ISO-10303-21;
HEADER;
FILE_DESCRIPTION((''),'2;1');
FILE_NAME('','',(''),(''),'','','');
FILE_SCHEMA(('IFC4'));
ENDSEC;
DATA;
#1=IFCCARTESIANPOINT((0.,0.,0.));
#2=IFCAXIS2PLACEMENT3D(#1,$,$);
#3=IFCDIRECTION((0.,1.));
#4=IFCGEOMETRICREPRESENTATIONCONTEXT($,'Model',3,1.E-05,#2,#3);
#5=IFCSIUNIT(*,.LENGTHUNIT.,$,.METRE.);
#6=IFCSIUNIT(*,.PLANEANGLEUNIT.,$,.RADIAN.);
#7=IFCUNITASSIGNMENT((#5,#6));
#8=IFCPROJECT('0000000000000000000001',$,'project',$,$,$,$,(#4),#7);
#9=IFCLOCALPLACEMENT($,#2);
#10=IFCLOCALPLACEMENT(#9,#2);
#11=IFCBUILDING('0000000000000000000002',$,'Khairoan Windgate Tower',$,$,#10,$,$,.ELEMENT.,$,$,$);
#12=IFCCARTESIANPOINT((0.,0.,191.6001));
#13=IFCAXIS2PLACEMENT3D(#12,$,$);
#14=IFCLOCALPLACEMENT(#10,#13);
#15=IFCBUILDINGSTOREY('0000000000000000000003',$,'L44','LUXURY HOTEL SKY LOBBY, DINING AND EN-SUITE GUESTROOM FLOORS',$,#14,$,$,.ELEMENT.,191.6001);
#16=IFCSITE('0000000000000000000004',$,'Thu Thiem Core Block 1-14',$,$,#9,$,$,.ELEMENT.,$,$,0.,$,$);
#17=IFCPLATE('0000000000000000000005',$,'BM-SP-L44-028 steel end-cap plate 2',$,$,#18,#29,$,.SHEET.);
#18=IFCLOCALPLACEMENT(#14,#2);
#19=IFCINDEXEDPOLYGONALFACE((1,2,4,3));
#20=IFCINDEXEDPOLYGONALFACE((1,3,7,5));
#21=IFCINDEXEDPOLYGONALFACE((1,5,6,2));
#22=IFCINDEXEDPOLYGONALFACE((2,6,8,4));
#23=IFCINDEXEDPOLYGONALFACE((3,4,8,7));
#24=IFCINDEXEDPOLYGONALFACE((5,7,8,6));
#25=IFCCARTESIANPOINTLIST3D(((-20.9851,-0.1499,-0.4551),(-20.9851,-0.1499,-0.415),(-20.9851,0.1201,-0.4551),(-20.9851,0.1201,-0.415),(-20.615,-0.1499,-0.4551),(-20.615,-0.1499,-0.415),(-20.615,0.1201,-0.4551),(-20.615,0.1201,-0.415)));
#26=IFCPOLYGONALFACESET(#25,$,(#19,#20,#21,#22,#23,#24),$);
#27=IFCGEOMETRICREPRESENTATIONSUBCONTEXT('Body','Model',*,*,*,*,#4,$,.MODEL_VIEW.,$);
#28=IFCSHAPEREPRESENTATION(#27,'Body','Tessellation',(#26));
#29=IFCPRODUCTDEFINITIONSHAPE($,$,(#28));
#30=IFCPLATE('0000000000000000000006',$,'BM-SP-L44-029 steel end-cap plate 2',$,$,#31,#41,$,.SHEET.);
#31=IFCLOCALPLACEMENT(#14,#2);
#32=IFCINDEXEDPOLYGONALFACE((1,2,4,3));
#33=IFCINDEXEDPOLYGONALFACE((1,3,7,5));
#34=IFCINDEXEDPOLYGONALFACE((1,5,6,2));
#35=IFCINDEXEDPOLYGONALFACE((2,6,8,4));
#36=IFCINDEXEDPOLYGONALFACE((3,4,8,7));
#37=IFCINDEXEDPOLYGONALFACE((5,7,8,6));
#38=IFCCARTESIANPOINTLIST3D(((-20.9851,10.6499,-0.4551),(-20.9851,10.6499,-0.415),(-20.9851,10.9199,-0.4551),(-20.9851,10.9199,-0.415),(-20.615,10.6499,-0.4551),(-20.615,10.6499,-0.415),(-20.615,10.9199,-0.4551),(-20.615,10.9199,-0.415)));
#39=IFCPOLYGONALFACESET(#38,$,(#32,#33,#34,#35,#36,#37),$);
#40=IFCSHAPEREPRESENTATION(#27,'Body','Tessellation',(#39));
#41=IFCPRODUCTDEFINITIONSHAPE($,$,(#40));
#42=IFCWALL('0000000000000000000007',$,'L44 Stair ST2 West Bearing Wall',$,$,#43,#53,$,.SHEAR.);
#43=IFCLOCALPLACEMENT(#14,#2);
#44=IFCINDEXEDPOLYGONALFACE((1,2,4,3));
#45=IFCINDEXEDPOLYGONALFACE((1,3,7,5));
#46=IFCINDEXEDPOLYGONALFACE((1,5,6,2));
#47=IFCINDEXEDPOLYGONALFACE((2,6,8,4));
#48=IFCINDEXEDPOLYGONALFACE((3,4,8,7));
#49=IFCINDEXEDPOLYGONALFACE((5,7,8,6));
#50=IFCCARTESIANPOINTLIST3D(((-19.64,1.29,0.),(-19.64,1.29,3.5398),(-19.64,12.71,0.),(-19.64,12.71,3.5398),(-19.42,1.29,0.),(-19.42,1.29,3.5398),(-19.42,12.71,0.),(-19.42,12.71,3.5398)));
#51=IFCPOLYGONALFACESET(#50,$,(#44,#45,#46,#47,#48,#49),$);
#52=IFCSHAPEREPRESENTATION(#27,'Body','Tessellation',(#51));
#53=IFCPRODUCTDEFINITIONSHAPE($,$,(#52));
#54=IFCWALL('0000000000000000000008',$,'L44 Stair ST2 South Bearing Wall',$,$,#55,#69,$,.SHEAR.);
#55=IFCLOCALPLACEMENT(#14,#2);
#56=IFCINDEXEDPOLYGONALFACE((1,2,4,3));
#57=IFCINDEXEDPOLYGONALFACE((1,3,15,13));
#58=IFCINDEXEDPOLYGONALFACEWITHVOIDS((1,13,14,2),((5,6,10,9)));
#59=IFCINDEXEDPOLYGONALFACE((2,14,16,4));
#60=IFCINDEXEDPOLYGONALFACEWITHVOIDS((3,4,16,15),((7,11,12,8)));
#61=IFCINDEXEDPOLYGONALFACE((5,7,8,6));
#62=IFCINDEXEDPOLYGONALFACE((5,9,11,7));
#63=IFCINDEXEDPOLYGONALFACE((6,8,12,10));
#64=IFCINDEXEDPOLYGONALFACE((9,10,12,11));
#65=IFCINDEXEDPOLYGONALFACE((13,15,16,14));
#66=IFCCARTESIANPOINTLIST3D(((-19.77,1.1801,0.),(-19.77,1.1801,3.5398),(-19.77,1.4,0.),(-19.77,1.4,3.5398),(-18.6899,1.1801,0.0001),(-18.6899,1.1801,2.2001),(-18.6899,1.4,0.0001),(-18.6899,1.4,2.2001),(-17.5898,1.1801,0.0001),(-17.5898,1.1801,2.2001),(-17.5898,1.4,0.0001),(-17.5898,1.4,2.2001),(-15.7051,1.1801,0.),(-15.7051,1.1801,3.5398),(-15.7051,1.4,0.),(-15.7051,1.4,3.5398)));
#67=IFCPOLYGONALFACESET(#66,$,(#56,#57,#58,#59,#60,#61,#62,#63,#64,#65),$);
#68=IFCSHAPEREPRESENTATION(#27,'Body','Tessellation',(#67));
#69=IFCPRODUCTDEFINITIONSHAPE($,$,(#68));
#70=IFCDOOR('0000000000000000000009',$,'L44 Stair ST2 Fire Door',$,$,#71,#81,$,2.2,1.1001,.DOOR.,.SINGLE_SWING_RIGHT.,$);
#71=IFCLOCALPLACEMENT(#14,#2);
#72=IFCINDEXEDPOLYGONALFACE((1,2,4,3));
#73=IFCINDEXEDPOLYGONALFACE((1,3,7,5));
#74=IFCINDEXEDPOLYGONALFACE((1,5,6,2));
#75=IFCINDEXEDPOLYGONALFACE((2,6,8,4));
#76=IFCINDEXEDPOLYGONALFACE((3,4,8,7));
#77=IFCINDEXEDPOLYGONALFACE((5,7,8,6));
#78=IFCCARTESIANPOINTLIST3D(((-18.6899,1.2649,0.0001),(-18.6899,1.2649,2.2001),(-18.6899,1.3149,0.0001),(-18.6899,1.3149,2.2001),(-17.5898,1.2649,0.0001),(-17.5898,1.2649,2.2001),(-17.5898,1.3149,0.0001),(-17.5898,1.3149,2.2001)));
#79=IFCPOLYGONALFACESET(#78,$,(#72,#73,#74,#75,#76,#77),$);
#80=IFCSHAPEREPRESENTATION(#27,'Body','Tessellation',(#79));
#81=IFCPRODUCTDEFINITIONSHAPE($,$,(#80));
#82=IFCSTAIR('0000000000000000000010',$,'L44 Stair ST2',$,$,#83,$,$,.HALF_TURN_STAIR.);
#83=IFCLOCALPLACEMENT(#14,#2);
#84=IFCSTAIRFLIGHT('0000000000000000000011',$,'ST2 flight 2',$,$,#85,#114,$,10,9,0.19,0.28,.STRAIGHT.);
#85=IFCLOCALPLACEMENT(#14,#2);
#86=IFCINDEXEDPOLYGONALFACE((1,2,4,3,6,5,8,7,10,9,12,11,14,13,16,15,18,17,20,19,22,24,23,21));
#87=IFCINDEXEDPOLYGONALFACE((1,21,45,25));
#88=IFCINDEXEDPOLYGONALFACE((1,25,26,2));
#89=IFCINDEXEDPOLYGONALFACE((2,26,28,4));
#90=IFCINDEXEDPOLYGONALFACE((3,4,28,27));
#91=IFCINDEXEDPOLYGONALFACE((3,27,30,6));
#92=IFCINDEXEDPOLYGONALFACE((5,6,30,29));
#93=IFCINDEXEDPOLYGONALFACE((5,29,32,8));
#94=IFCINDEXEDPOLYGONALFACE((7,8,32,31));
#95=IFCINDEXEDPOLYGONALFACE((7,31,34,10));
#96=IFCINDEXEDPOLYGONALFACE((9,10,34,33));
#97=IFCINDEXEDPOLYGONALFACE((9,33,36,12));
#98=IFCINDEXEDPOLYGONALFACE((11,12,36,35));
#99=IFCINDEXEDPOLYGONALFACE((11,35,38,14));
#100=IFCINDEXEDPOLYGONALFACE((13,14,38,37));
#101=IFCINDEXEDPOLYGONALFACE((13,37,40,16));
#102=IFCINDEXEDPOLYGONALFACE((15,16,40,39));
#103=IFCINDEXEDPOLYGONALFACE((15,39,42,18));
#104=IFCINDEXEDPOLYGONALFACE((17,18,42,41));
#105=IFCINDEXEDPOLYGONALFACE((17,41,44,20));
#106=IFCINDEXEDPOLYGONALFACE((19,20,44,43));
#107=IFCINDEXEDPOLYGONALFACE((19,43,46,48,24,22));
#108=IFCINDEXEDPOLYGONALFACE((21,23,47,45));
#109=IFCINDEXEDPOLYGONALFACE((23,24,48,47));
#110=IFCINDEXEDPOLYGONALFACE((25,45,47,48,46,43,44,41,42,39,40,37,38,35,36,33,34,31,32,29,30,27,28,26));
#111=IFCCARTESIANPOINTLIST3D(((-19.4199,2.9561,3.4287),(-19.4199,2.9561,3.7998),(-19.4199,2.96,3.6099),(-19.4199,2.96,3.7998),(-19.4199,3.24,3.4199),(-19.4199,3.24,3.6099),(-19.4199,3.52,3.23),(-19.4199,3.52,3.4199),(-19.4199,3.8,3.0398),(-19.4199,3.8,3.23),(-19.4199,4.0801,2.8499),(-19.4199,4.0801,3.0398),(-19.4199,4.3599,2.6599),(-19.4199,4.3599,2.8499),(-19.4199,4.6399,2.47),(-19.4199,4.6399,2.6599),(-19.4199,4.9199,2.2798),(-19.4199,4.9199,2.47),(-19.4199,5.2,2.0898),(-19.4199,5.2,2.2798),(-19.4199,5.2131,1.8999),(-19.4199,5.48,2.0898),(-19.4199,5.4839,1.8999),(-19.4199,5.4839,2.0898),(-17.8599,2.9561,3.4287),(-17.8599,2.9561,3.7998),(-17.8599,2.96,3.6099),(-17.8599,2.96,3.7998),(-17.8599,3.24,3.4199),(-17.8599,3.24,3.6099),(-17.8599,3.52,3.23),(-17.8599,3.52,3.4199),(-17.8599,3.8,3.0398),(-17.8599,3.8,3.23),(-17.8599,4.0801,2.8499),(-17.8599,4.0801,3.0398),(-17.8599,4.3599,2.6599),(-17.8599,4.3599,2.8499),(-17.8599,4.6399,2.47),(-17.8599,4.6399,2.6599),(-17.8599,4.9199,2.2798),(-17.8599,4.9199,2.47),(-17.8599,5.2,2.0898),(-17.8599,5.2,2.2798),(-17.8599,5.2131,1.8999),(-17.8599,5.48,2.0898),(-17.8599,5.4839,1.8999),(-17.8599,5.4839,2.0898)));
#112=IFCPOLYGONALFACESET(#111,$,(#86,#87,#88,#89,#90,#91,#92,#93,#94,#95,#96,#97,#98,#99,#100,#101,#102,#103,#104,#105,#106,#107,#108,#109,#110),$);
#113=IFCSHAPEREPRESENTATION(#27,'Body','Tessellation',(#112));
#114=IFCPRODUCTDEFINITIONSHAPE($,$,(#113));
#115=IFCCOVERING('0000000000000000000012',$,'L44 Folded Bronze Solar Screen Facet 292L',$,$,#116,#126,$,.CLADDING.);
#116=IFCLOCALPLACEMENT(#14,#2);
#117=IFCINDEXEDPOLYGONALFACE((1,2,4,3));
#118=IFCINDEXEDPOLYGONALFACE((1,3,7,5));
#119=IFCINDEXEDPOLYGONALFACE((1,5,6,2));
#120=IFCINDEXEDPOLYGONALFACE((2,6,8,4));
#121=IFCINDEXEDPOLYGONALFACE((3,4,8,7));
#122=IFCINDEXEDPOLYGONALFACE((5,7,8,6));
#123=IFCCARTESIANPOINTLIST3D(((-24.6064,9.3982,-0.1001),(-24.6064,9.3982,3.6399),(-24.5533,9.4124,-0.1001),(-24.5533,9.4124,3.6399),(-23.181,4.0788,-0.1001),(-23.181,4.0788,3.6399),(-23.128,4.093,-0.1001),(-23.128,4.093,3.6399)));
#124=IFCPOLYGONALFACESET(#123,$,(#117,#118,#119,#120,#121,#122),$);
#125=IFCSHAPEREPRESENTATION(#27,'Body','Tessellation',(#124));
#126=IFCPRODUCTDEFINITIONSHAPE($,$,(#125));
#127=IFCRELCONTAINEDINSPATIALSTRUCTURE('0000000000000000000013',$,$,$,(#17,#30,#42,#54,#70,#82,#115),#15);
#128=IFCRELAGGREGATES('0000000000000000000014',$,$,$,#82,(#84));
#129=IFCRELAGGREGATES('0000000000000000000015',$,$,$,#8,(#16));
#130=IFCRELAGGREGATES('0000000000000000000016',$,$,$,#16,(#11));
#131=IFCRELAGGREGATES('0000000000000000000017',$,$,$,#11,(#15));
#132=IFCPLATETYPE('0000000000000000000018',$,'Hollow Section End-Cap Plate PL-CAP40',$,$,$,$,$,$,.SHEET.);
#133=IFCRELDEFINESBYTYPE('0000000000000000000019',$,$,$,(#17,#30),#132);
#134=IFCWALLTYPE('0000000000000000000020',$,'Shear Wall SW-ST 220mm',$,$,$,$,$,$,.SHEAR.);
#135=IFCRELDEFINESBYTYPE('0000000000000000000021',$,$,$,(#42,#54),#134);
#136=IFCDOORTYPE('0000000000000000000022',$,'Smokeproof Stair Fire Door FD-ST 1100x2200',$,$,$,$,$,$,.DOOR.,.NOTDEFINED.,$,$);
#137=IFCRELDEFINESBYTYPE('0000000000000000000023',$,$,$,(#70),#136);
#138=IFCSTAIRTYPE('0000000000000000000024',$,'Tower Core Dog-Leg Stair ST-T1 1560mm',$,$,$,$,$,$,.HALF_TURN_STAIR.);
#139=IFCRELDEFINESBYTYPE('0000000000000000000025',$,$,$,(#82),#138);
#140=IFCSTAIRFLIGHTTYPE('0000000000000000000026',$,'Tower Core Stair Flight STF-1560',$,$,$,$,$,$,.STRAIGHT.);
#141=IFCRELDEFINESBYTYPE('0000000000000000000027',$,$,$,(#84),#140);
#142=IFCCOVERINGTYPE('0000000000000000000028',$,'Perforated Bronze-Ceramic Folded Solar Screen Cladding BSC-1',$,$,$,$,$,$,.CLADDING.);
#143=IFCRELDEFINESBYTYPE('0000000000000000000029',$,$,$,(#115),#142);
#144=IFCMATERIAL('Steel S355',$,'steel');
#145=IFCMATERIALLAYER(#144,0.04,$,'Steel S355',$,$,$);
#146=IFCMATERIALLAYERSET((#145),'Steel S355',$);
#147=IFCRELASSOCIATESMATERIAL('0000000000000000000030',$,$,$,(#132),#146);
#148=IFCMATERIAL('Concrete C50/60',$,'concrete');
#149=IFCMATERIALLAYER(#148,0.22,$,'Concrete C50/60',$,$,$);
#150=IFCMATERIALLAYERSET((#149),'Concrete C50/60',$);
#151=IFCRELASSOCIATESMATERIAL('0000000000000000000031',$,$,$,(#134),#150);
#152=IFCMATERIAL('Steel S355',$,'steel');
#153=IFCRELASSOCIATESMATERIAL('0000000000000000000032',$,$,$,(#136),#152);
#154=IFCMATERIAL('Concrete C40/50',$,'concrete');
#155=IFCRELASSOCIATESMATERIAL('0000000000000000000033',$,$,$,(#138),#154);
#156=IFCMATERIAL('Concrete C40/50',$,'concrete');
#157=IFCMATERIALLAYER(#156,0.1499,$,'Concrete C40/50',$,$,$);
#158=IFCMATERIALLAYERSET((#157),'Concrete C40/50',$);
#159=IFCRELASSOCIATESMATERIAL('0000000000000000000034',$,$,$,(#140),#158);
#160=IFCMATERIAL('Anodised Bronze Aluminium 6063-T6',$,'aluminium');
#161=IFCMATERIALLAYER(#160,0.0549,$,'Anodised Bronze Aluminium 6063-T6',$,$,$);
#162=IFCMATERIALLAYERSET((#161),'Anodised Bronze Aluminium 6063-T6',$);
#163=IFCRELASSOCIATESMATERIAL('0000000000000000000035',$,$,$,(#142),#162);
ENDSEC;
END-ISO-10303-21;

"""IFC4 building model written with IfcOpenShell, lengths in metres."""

from ifc_helpers import new_model, si_unit, direction, frame, frame_2d, origin, origin_2d, place, context, subcontext, project, spatial, polyline, rectangle, outline, extrude, material, layer, layer_set, type_object, element, fill, aggregate, save


model = new_model("IFC4")

# Units and contexts
model_context = context("Model", 3, precision=1e-05, world=origin(), true_north=direction((0.0, 1.0)))
body_context = subcontext(model_context, "Body", "Model", "MODEL_VIEW")
ifc_project = project(units=[si_unit("LENGTHUNIT", "METRE"), si_unit("PLANEANGLEUNIT", "RADIAN")], contexts=[model_context])

# Site, building, storey
site_placement = place(None, origin())
site = spatial("IfcSite", under=ifc_project, at=site_placement, Name="Thu Thiem Core Block 1-14", CompositionType="ELEMENT", RefElevation=0.0)
building_placement = place(site_placement, origin())
building = spatial("IfcBuilding", under=site, at=building_placement, Name="Khairoan Windgate Tower", CompositionType="ELEMENT")
storey_placement = place(building_placement, frame((0.0, 0.0, 191.6001)))
storey = spatial("IfcBuildingStorey", under=building, at=storey_placement, Name="L44", Description="LUXURY HOTEL SKY LOBBY, DINING AND EN-SUITE GUESTROOM FLOORS", CompositionType="ELEMENT", Elevation=191.6001)

# Plates
ifc_material_1 = material(Name="Steel S355", Category="steel")
ifc_layer_1 = layer(ifc_material_1, 0.04, Name="Steel S355")
ifc_layer_set_1 = layer_set([ifc_layer_1], Name="Steel S355")
plate_type = type_object("IfcPlateType", Name="Hollow Section End-Cap Plate PL-CAP40", PredefinedType="SHEET", material=ifc_layer_set_1)
for number, where, z_axis, x_axis, name in (
    (1, (-20.8, -0.0149, -0.4551), (0.0, 0.0, 1.0), (0.0, 1.0, 0.0), "BM-SP-L44-028 steel end-cap plate 2"),
    (2, (-20.8, 10.7849, -0.4551), (0.0, 0.0, 1.0), (0.0, 1.0, 0.0), "BM-SP-L44-029 steel end-cap plate 2"),
):
    element("IfcPlate", number, at=place(storey_placement, frame(where, z_axis=z_axis, x_axis=x_axis)), inside=storey, type_object=plate_type, Name=name, PredefinedType="SHEET", context=body_context, shape_type="SweptSolid", body=[
        extrude(rectangle(XDim=0.27, YDim=0.3701, at=origin_2d()), origin(), (0.0, 0.0, 1.0), 0.04),
    ])

# Wall
ifc_material_2 = material(Name="Concrete C50/60", Category="concrete")
ifc_layer_2 = layer(ifc_material_2, 0.22, Name="Concrete C50/60")
ifc_layer_set_2 = layer_set([ifc_layer_2], Name="Concrete C50/60")
wall_type = type_object("IfcWallType", Name="Shear Wall SW-ST 220mm", PredefinedType="SHEAR", material=ifc_layer_set_2)
wall_1_placement = place(storey_placement, frame((-19.53, 1.29, 0.0), z_axis=(0.0, 0.0, 1.0), x_axis=(0.0, 1.0, 0.0)))
element("IfcWall", 3, at=wall_1_placement, inside=storey, type_object=wall_type, Name="L44 Stair ST2 West Bearing Wall", PredefinedType="SHEAR", context=body_context, shape_type="SweptSolid", body=[
    extrude(rectangle(XDim=11.4199, YDim=0.22, at=frame_2d((5.71, 0.0))), origin(), (0.0, 0.0, 1.0), 3.5398),
])

# Wall, opening, door
wall_2_placement = place(storey_placement, frame((-19.77, 1.29, 0.0), z_axis=(0.0, 0.0, 1.0), x_axis=(1.0, 0.0, 0.0)))
wall_2 = element("IfcWall", 4, at=wall_2_placement, inside=storey, type_object=wall_type, Name="L44 Stair ST2 South Bearing Wall", PredefinedType="SHEAR", context=body_context, shape_type="SweptSolid", body=[
    extrude(rectangle(XDim=4.0649, YDim=0.22, at=frame_2d((2.0325, 0.0))), origin(), (0.0, 0.0, 1.0), 3.5398),
])
opening_placement = place(wall_2_placement, frame((1.0801, 0.0, 0.0)))
opening = element("IfcOpeningElement", 5, at=opening_placement, cuts=wall_2, PredefinedType="OPENING", context=body_context, shape_type="SweptSolid", body=[
    extrude(rectangle(XDim=1.1001, YDim=2.2, at=frame_2d((0.55, 1.1001))), frame((0.0, 0.1199, 0.0), z_axis=(0.0, -1.0, 0.0), x_axis=(1.0, 0.0, 0.0)), (0.0, 0.0, 1.0), 0.24),
])
ifc_material_3 = material(Name="Steel S355", Category="steel")
door_type = type_object("IfcDoorType", Name="Smokeproof Stair Fire Door FD-ST 1100x2200", OperationType="NOTDEFINED", PredefinedType="DOOR", material=ifc_material_3)
door_placement = place(opening_placement, origin())
door = element("IfcDoor", 6, at=door_placement, inside=storey, type_object=door_type, Name="L44 Stair ST2 Fire Door", OperationType="SINGLE_SWING_RIGHT", OverallHeight=2.2, OverallWidth=1.1001, PredefinedType="DOOR", context=body_context, shape_type="SweptSolid", body=[
    extrude(rectangle(XDim=1.1001, YDim=2.2, at=frame_2d((0.55, 1.1001))), frame((0.0, 0.0249, 0.0), z_axis=(0.0, -1.0, 0.0), x_axis=(1.0, 0.0, 0.0)), (0.0, 0.0, 1.0), 0.05),
])
fill(opening, door)

# Stair, stair flight
ifc_material_4 = material(Name="Concrete C40/50", Category="concrete")
stair_type = type_object("IfcStairType", Name="Tower Core Dog-Leg Stair ST-T1 1560mm", PredefinedType="HALF_TURN_STAIR", material=ifc_material_4)
stair_placement = place(storey_placement, origin())
stair = element("IfcStair", 7, at=stair_placement, inside=storey, type_object=stair_type, Name="L44 Stair ST2", PredefinedType="HALF_TURN_STAIR")
ifc_material_5 = material(Name="Concrete C40/50", Category="concrete")
ifc_layer_3 = layer(ifc_material_5, 0.1499, Name="Concrete C40/50")
ifc_layer_set_3 = layer_set([ifc_layer_3], Name="Concrete C40/50")
stair_flight_type = type_object("IfcStairFlightType", Name="Tower Core Stair Flight STF-1560", PredefinedType="STRAIGHT", material=ifc_layer_set_3)
stair_flight_placement = place(storey_placement, frame((-18.6399, 5.48, 1.8999), z_axis=(0.0, 0.0, 1.0), x_axis=(0.0, -1.0, 0.0)))
stair_flight = element("IfcStairFlight", 8, at=stair_flight_placement, type_object=stair_flight_type, Name="ST2 flight 2", NumberOfRisers=10, NumberOfTreads=9, PredefinedType="STRAIGHT", RiserHeight=0.19, TreadLength=0.28, context=body_context, shape_type="SweptSolid", body=[
    extrude(outline(polyline([(-0.0039, 0.0), (-0.0039, 0.1899), (0.0, 0.1899), (0.28, 0.1899), (0.28, 0.3799), (0.5601, 0.3799), (0.5601, 0.5701), (0.8401, 0.5701), (0.8401, 0.76), (1.1201, 0.76), (1.1201, 0.95), (1.3999, 0.95), (1.3999, 1.1399), (1.6799, 1.1399), (1.6799, 1.3301), (1.96, 1.3301), (1.96, 1.52), (2.24, 1.52), (2.24, 1.71), (2.52, 1.71), (2.52, 1.8999), (2.5239, 1.8999), (2.5239, 1.5288), (0.2668, 0.0), (-0.0039, 0.0)])), frame((0.0, 0.78, 0.0), z_axis=(0.0, -1.0, 0.0), x_axis=(1.0, 0.0, 0.0)), (0.0, 0.0, 1.0), 1.5601),
])
aggregate(stair, [stair_flight])

# Covering
ifc_material_6 = material(Name="Anodised Bronze Aluminium 6063-T6", Category="aluminium")
ifc_layer_4 = layer(ifc_material_6, 0.0549, Name="Anodised Bronze Aluminium 6063-T6")
ifc_layer_set_4 = layer_set([ifc_layer_4], Name="Anodised Bronze Aluminium 6063-T6")
covering_type = type_object("IfcCoveringType", Name="Perforated Bronze-Ceramic Folded Solar Screen Cladding BSC-1", PredefinedType="CLADDING", material=ifc_layer_set_4)
covering_placement = place(storey_placement, frame((-23.8672, 6.7456, -0.1001), z_axis=(0.0, 0.0, 1.0), x_axis=(-0.258819, 0.965926, 0.0)))
element("IfcCovering", 9, at=covering_placement, inside=storey, type_object=covering_type, Name="L44 Folded Bronze Solar Screen Facet 292L", PredefinedType="CLADDING", context=body_context, shape_type="SweptSolid", body=[
    extrude(rectangle(XDim=5.5071, YDim=0.0549, at=origin_2d()), origin(), (0.0, 0.0, 1.0), 3.74),
])

save(model, "model.ifc")
